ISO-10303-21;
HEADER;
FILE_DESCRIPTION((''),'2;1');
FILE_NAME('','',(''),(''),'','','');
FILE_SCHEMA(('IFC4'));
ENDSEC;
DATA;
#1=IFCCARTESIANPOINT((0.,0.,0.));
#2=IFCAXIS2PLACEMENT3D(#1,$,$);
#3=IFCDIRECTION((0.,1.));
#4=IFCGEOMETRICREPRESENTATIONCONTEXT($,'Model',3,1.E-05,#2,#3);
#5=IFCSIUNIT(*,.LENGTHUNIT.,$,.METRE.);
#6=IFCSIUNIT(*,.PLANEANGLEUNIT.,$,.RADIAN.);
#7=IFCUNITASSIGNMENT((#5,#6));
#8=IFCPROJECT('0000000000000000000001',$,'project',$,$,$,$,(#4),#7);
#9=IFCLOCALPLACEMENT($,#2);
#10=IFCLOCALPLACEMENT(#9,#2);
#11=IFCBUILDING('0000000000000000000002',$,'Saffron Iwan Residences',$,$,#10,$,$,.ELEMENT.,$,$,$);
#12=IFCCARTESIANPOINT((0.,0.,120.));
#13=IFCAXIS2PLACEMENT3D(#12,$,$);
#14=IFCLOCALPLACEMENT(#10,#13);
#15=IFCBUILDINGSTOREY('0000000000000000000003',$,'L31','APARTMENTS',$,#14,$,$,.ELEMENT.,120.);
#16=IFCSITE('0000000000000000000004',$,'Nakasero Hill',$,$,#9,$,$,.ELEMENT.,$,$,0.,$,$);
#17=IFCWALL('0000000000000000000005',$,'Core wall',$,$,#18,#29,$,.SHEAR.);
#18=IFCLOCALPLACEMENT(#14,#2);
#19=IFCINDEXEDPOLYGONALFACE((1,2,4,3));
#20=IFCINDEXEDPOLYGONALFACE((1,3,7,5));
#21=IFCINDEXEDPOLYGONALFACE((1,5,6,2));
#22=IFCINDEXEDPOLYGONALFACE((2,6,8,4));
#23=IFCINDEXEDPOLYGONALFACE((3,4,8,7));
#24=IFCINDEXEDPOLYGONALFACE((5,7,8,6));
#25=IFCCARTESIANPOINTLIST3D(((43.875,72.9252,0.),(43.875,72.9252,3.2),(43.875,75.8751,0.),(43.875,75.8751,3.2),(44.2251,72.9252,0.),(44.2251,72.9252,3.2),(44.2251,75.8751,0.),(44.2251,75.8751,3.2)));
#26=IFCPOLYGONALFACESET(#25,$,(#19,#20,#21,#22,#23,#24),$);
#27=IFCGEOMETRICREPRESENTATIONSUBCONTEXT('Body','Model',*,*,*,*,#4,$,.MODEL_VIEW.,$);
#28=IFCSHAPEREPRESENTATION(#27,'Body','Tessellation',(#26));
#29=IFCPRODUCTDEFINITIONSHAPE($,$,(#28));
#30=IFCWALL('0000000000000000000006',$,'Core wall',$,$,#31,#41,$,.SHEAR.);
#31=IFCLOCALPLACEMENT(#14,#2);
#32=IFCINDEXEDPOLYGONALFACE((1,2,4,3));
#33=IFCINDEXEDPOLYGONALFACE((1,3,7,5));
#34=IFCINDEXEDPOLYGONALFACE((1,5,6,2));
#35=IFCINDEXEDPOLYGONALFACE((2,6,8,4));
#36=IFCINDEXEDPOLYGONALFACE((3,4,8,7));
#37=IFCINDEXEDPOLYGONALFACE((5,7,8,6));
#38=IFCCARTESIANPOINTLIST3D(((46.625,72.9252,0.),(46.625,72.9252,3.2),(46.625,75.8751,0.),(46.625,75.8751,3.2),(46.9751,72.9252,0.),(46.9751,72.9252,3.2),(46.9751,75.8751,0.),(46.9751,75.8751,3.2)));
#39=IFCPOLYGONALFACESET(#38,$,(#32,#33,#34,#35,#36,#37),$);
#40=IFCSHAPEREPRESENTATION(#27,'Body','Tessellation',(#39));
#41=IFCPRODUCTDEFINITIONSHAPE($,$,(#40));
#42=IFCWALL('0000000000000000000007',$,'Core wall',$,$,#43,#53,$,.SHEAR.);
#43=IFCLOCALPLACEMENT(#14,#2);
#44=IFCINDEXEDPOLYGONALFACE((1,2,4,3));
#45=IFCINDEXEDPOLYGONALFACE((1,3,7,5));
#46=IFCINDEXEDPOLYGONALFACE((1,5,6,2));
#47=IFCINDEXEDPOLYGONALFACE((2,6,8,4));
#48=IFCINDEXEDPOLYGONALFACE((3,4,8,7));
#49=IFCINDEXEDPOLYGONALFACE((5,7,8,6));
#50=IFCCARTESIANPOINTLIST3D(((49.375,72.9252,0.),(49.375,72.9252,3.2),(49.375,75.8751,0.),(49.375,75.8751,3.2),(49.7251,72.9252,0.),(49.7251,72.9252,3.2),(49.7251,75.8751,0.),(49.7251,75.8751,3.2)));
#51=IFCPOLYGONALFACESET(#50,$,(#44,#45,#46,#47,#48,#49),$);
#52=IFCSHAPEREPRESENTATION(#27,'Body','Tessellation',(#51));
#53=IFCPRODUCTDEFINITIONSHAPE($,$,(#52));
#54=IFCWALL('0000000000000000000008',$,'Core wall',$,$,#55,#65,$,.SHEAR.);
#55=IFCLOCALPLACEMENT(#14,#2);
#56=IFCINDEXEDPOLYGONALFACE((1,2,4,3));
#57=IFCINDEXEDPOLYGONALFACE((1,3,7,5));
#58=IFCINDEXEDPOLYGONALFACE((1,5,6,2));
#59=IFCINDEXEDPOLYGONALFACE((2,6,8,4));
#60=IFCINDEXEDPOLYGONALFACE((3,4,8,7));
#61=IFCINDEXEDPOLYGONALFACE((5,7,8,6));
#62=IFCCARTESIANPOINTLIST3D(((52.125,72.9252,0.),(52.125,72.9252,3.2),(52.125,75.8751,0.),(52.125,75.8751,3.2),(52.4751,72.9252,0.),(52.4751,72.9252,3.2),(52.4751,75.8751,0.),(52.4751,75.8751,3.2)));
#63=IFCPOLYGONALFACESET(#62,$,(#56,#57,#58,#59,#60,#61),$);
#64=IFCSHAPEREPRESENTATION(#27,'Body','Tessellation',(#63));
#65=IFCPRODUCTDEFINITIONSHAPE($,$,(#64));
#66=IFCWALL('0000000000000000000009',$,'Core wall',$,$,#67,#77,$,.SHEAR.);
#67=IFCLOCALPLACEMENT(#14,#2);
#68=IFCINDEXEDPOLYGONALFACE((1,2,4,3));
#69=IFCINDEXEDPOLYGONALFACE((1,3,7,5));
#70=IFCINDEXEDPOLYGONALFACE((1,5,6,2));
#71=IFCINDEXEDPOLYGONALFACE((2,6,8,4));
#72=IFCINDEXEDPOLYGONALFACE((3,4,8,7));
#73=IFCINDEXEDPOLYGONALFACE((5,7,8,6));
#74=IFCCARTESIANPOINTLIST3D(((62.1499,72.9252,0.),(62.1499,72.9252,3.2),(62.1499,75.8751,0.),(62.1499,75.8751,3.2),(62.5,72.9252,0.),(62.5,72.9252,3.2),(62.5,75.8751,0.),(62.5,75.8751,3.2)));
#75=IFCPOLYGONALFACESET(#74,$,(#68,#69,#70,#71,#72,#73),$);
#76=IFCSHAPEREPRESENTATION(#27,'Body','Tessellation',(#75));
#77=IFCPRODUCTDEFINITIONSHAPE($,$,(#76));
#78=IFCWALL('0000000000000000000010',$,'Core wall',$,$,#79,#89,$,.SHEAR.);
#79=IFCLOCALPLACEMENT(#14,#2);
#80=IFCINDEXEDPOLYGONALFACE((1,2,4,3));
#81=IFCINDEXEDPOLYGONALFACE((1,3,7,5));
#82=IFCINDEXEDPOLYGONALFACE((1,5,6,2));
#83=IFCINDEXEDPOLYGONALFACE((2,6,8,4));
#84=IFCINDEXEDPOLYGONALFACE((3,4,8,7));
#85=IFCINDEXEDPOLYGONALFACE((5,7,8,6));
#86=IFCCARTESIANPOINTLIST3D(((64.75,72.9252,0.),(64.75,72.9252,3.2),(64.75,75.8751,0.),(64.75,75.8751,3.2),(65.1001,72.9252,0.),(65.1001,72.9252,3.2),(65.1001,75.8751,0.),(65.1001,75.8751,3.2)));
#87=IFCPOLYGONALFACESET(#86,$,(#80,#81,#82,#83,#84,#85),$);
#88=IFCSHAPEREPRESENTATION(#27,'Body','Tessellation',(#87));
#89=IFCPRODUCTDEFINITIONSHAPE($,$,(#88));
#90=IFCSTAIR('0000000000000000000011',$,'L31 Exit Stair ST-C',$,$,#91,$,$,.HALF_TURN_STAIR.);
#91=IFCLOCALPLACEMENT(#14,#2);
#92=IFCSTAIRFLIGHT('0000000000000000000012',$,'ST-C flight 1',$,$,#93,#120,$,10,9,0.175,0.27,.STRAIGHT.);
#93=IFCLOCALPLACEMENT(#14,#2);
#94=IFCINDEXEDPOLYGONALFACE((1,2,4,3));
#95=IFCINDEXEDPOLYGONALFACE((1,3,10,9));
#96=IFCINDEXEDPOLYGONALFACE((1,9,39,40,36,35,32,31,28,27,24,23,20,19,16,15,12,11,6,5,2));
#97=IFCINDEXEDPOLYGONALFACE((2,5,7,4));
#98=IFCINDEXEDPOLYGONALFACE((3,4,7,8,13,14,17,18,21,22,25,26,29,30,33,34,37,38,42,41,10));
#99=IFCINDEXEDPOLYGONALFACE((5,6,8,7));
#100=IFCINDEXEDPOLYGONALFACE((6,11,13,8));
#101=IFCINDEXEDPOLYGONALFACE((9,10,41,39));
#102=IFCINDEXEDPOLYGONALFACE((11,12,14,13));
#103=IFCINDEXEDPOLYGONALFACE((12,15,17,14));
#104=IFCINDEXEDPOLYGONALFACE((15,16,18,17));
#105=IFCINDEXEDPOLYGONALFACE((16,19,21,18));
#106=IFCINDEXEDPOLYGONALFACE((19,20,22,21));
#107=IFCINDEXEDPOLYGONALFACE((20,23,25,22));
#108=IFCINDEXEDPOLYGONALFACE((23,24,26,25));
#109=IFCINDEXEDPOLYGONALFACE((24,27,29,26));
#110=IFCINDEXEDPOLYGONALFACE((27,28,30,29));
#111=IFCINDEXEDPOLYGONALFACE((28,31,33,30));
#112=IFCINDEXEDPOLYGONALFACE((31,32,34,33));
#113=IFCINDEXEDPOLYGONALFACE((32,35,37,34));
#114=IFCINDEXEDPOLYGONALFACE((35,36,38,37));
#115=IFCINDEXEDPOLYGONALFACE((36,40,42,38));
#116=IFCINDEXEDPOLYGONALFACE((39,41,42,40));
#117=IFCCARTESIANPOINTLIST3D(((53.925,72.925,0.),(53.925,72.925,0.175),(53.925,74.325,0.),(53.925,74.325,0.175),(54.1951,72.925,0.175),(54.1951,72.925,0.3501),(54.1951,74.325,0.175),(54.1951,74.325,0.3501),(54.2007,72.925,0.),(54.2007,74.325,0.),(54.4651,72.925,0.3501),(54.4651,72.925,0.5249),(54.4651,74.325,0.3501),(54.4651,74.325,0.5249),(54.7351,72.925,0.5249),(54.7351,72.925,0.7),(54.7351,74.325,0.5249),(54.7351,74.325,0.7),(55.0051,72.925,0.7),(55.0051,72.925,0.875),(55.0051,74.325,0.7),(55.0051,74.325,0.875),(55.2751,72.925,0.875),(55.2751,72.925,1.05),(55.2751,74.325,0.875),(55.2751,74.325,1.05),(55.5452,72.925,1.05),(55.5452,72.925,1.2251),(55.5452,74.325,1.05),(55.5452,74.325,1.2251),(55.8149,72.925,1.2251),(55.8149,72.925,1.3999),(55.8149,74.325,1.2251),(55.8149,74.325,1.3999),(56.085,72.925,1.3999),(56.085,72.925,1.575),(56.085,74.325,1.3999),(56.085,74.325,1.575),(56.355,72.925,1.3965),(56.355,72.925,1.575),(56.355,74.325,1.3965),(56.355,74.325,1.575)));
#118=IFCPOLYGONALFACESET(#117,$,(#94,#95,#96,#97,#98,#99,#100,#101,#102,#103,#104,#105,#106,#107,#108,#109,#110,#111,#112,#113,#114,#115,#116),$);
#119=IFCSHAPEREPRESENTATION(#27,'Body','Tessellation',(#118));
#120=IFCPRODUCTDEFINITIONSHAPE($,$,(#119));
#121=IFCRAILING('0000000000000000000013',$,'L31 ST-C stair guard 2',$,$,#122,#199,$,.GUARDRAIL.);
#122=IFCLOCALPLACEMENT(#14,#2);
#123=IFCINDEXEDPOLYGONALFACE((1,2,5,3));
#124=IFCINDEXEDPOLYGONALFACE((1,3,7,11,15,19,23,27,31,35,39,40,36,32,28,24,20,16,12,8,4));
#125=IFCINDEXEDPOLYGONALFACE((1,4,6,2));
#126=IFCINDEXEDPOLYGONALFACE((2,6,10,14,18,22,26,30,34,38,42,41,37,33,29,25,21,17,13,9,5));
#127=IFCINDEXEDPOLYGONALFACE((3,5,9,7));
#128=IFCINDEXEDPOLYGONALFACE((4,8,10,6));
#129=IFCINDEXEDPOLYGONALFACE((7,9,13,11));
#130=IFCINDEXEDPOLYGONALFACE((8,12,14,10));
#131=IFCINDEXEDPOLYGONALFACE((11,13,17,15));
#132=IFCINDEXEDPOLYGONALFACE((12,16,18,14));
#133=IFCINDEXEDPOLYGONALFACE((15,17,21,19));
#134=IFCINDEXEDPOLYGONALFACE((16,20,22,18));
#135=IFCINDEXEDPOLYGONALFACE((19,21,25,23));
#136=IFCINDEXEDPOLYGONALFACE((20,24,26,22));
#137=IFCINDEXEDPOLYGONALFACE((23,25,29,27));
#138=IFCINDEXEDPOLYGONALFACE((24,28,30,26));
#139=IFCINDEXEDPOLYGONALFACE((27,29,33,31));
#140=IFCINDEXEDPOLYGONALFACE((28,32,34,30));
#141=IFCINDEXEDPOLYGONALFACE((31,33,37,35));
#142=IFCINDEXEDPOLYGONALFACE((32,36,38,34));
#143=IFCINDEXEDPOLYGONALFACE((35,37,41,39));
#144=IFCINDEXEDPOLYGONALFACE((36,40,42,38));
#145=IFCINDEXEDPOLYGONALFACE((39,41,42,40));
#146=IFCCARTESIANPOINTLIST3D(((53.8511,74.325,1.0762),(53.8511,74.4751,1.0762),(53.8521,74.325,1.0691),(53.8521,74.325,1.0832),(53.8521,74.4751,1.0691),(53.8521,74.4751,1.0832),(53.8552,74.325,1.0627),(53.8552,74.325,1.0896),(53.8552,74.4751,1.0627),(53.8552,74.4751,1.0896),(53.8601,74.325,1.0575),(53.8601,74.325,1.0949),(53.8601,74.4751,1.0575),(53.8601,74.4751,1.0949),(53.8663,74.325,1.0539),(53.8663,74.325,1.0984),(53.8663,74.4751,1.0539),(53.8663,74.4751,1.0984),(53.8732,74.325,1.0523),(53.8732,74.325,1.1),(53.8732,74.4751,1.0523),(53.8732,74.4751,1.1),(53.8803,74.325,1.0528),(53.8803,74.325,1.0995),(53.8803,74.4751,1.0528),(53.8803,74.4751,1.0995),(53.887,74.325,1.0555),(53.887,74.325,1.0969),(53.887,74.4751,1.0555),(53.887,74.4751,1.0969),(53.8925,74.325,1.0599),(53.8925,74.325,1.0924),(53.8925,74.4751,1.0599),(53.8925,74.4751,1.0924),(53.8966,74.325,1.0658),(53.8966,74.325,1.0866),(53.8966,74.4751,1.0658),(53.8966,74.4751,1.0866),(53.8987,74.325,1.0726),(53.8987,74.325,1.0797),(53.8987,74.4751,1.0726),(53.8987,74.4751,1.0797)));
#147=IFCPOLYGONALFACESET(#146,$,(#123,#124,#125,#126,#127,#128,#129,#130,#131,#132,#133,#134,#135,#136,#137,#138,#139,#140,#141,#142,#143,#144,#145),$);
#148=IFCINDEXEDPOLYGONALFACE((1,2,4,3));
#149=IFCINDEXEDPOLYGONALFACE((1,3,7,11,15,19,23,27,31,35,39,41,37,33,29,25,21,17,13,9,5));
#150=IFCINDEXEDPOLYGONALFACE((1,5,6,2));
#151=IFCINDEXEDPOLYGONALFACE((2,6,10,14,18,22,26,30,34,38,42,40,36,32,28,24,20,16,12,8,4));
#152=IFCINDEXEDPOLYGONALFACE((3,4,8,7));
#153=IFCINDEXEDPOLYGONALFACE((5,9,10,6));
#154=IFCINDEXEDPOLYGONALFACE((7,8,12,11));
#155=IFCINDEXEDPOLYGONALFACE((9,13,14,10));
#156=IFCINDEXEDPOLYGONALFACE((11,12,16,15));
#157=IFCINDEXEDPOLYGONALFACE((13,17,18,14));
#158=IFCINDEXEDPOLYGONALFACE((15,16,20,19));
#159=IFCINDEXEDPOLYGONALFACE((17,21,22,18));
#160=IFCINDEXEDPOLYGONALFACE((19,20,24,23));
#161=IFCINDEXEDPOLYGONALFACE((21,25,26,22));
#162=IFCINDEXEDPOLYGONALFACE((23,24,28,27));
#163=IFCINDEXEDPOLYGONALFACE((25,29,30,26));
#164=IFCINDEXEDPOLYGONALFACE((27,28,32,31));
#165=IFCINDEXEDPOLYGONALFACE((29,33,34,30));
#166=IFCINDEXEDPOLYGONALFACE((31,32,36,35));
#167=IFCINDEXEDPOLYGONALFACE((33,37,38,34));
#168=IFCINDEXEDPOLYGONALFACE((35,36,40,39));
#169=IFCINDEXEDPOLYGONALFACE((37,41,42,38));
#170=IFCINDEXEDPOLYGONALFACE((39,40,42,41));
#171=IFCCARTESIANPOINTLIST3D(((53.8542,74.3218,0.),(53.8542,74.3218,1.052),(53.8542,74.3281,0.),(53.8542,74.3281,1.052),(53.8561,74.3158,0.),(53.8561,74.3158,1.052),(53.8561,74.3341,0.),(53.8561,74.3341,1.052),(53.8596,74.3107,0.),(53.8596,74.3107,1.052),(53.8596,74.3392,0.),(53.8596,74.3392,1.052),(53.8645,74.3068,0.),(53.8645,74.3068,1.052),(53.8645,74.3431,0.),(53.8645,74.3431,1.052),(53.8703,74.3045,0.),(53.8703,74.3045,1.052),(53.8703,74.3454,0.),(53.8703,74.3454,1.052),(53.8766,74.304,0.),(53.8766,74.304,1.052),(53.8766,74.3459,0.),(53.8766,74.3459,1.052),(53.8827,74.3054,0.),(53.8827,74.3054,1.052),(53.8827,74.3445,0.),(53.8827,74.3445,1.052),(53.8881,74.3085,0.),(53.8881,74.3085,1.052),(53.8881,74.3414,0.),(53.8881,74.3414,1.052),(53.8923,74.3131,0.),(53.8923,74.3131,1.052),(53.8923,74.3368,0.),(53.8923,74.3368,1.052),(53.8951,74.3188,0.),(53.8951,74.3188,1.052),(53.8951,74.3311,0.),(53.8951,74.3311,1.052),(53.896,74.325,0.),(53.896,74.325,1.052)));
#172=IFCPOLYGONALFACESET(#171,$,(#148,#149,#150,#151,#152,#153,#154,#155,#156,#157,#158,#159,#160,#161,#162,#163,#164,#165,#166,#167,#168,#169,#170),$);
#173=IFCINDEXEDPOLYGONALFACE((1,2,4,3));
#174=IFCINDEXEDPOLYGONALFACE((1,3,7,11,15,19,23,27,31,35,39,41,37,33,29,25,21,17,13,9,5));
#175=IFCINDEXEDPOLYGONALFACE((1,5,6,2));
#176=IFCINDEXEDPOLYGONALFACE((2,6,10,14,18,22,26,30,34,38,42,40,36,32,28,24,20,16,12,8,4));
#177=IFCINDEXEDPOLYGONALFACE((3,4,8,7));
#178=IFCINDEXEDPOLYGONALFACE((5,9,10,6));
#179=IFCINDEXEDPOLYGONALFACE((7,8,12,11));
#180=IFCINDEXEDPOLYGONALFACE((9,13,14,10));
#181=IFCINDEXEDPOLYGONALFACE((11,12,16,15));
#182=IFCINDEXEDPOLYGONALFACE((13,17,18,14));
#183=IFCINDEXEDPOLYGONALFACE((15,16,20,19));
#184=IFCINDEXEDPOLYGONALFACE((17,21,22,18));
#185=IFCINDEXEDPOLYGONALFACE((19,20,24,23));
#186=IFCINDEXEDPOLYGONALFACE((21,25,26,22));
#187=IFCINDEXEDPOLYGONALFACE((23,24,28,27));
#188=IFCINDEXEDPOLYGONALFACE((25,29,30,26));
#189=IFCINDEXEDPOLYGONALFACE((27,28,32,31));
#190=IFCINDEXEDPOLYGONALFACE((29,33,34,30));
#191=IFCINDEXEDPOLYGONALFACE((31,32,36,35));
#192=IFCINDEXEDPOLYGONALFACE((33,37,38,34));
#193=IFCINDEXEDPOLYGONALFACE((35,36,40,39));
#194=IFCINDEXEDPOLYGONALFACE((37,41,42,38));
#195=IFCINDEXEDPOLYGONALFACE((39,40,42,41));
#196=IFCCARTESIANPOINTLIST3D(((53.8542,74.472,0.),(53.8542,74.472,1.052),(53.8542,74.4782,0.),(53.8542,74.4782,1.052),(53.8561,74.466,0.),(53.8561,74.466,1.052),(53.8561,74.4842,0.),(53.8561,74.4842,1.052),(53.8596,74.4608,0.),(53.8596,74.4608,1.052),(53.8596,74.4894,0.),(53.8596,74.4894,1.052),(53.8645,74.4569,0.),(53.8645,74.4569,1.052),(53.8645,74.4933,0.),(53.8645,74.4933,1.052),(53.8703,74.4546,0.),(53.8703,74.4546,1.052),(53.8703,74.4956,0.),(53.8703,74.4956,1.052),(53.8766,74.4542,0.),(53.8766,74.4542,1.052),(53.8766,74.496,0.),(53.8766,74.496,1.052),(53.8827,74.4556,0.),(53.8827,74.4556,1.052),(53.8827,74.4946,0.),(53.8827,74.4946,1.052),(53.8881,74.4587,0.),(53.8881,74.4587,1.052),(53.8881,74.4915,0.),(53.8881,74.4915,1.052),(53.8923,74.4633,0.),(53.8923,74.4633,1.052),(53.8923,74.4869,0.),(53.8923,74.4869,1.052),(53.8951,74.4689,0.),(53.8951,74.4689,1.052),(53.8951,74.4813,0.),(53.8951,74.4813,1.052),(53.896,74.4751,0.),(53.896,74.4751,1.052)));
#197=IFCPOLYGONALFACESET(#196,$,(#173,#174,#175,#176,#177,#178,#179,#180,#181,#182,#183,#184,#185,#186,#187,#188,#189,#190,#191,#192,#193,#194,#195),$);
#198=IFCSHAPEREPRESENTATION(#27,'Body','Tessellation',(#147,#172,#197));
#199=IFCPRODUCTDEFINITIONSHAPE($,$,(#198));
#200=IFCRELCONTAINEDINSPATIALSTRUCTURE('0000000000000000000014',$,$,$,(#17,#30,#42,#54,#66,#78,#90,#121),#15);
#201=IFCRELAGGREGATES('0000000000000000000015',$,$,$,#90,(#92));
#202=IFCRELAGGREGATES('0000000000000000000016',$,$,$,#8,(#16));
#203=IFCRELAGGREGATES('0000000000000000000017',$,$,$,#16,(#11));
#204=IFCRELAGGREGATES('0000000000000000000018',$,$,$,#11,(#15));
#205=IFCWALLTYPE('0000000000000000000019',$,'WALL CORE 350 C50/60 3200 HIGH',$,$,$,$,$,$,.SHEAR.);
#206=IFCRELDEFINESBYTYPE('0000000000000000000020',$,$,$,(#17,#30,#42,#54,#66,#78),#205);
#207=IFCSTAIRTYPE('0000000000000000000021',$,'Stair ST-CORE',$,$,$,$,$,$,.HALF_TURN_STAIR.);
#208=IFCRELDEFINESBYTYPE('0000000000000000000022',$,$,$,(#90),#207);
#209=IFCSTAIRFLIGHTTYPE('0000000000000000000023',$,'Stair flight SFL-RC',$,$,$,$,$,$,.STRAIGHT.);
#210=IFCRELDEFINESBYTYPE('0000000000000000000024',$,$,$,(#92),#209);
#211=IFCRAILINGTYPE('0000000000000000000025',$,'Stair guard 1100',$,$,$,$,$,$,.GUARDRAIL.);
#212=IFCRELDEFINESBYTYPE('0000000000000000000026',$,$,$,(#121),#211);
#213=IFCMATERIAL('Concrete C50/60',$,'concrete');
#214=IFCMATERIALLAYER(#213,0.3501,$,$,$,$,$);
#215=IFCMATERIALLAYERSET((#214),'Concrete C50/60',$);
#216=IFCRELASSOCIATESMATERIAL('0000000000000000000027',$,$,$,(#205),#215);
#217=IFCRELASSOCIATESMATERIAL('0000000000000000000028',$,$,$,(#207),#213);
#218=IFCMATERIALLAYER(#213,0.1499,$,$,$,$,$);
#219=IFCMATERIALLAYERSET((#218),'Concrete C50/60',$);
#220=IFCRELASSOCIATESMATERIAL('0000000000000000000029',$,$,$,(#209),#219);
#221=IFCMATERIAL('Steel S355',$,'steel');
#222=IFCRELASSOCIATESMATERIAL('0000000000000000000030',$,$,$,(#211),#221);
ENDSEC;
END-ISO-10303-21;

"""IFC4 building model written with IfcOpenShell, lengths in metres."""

from ifc_helpers import new_model, si_unit, direction, frame, frame_2d, origin, origin_2d, place, context, subcontext, project, spatial, polyline, rectangle, circle, outline, extrude, material, layer, layer_set, type_object, element, aggregate, save


model = new_model("IFC4")

# Units and contexts
model_context = context("Model", 3, precision=1e-05, world=origin(), true_north=direction((0.0, 1.0)))
body_context = subcontext(model_context, "Body", "Model", "MODEL_VIEW")
ifc_project = project(units=[si_unit("LENGTHUNIT", "METRE"), si_unit("PLANEANGLEUNIT", "RADIAN")], contexts=[model_context])

# Site, building, storey
site_placement = place(None, origin())
site = spatial("IfcSite", under=ifc_project, at=site_placement, Name="Nakasero Hill", CompositionType="ELEMENT", RefElevation=0.0)
building_placement = place(site_placement, origin())
building = spatial("IfcBuilding", under=site, at=building_placement, Name="Saffron Iwan Residences", CompositionType="ELEMENT")
storey_placement = place(building_placement, frame((0.0, 0.0, 120.0)))
storey = spatial("IfcBuildingStorey", under=building, at=storey_placement, Name="L31", Description="APARTMENTS", CompositionType="ELEMENT", Elevation=120.0)

# Shared definitions
ifc_material_1 = material(Name="Concrete C50/60", Category="concrete")

# Shared definitions
ifc_layer_1 = layer(ifc_material_1, 0.3501)
ifc_layer_set_1 = layer_set([ifc_layer_1], Name="Concrete C50/60")
wall_type_1 = type_object("IfcWallType", Name="WALL CORE 350 C50/60 3200 HIGH", PredefinedType="SHEAR", material=ifc_layer_set_1)

# Walls
for number, where, z_axis, x_axis, name in (
    (1, (44.05, 72.925, 0.0), (0.0, 0.0, 1.0), (0.0, 1.0, 0.0), "Core wall"),
    (2, (46.8, 72.925, 0.0), (0.0, 0.0, 1.0), (0.0, 1.0, 0.0), "Core wall"),
    (3, (49.55, 72.925, 0.0), (0.0, 0.0, 1.0), (0.0, 1.0, 0.0), "Core wall"),
    (4, (52.3, 72.925, 0.0), (0.0, 0.0, 1.0), (0.0, 1.0, 0.0), "Core wall"),
    (5, (62.325, 72.925, 0.0), (0.0, 0.0, 1.0), (0.0, 1.0, 0.0), "Core wall"),
    (6, (64.925, 72.925, 0.0), (0.0, 0.0, 1.0), (0.0, 1.0, 0.0), "Core wall"),
):
    element("IfcWall", number, at=place(storey_placement, frame(where, z_axis=z_axis, x_axis=x_axis)), inside=storey, type_object=wall_type_1, Name=name, PredefinedType="SHEAR", context=body_context, shape_type="SweptSolid", body=[
        extrude(rectangle(XDim=2.95, YDim=0.3501, at=frame_2d((1.4751, 0.0))), origin(), (0.0, 0.0, 1.0), 3.2),
    ])

# Stair, stair flight
stair_type = type_object("IfcStairType", Name="Stair ST-CORE", PredefinedType="HALF_TURN_STAIR", material=ifc_material_1)
stair_placement = place(storey_placement, origin())
stair = element("IfcStair", 7, at=stair_placement, inside=storey, type_object=stair_type, Name="L31 Exit Stair ST-C", PredefinedType="HALF_TURN_STAIR")
ifc_layer_2 = layer(ifc_material_1, 0.1499)
ifc_layer_set_2 = layer_set([ifc_layer_2], Name="Concrete C50/60")
stair_flight_type = type_object("IfcStairFlightType", Name="Stair flight SFL-RC", PredefinedType="STRAIGHT", material=ifc_layer_set_2)
stair_flight_placement = place(storey_placement, frame((53.925, 73.625, 0.0), z_axis=(0.0, 0.0, 1.0), x_axis=(1.0, 0.0, 0.0)))
stair_flight = element("IfcStairFlight", 8, at=stair_flight_placement, type_object=stair_flight_type, Name="ST-C flight 1", NumberOfRisers=10, NumberOfTreads=9, PredefinedType="STRAIGHT", RiserHeight=0.175, TreadLength=0.27, context=body_context, shape_type="SweptSolid", body=[
    extrude(outline(polyline([(0.0, 0.0), (0.0, 0.175), (0.27, 0.175), (0.27, 0.3501), (0.54, 0.3501), (0.54, 0.5249), (0.8101, 0.5249), (0.8101, 0.7), (1.0801, 0.7), (1.0801, 0.875), (1.3501, 0.875), (1.3501, 1.05), (1.6201, 1.05), (1.6201, 1.2251), (1.8899, 1.2251), (1.8899, 1.3999), (2.1599, 1.3999), (2.1599, 1.575), (2.4299, 1.575), (2.4299, 1.75), (2.4299, 1.3965), (0.2756, 0.0), (0.0, 0.0)])), frame((0.0, 0.7, 0.0), z_axis=(0.0, -1.0, 0.0), x_axis=(1.0, 0.0, 0.0)), (0.0, 0.0, 1.0), 1.3999),
])
aggregate(stair, [stair_flight])

# Railing
ifc_material_2 = material(Name="Steel S355", Category="steel")
railing_type_1 = type_object("IfcRailingType", Name="Stair guard 1100", PredefinedType="GUARDRAIL", material=ifc_material_2)
railing_1_placement = place(storey_placement, frame((53.875, 74.325, 0.0)))
element("IfcRailing", 9, at=railing_1_placement, inside=storey, type_object=railing_type_1, Name="L31 ST-C stair guard 2", PredefinedType="GUARDRAIL", context=body_context, shape_type="SweptSolid", body=[
    extrude(circle(Radius=0.0239, at=origin_2d()), frame((0.0, 0.0, 1.0762), z_axis=(0.0, 1.0, 0.0), x_axis=(-1.0, 0.0, 0.0)), (0.0, 0.0, 1.0), 0.1501),
    extrude(circle(Radius=0.021, at=origin_2d()), origin(), (0.0, 0.0, 1.0), 1.052),
    extrude(circle(Radius=0.021, at=origin_2d()), frame((0.0, 0.1501, 0.0)), (0.0, 0.0, 1.0), 1.052),
])

save(model, "model.ifc")
